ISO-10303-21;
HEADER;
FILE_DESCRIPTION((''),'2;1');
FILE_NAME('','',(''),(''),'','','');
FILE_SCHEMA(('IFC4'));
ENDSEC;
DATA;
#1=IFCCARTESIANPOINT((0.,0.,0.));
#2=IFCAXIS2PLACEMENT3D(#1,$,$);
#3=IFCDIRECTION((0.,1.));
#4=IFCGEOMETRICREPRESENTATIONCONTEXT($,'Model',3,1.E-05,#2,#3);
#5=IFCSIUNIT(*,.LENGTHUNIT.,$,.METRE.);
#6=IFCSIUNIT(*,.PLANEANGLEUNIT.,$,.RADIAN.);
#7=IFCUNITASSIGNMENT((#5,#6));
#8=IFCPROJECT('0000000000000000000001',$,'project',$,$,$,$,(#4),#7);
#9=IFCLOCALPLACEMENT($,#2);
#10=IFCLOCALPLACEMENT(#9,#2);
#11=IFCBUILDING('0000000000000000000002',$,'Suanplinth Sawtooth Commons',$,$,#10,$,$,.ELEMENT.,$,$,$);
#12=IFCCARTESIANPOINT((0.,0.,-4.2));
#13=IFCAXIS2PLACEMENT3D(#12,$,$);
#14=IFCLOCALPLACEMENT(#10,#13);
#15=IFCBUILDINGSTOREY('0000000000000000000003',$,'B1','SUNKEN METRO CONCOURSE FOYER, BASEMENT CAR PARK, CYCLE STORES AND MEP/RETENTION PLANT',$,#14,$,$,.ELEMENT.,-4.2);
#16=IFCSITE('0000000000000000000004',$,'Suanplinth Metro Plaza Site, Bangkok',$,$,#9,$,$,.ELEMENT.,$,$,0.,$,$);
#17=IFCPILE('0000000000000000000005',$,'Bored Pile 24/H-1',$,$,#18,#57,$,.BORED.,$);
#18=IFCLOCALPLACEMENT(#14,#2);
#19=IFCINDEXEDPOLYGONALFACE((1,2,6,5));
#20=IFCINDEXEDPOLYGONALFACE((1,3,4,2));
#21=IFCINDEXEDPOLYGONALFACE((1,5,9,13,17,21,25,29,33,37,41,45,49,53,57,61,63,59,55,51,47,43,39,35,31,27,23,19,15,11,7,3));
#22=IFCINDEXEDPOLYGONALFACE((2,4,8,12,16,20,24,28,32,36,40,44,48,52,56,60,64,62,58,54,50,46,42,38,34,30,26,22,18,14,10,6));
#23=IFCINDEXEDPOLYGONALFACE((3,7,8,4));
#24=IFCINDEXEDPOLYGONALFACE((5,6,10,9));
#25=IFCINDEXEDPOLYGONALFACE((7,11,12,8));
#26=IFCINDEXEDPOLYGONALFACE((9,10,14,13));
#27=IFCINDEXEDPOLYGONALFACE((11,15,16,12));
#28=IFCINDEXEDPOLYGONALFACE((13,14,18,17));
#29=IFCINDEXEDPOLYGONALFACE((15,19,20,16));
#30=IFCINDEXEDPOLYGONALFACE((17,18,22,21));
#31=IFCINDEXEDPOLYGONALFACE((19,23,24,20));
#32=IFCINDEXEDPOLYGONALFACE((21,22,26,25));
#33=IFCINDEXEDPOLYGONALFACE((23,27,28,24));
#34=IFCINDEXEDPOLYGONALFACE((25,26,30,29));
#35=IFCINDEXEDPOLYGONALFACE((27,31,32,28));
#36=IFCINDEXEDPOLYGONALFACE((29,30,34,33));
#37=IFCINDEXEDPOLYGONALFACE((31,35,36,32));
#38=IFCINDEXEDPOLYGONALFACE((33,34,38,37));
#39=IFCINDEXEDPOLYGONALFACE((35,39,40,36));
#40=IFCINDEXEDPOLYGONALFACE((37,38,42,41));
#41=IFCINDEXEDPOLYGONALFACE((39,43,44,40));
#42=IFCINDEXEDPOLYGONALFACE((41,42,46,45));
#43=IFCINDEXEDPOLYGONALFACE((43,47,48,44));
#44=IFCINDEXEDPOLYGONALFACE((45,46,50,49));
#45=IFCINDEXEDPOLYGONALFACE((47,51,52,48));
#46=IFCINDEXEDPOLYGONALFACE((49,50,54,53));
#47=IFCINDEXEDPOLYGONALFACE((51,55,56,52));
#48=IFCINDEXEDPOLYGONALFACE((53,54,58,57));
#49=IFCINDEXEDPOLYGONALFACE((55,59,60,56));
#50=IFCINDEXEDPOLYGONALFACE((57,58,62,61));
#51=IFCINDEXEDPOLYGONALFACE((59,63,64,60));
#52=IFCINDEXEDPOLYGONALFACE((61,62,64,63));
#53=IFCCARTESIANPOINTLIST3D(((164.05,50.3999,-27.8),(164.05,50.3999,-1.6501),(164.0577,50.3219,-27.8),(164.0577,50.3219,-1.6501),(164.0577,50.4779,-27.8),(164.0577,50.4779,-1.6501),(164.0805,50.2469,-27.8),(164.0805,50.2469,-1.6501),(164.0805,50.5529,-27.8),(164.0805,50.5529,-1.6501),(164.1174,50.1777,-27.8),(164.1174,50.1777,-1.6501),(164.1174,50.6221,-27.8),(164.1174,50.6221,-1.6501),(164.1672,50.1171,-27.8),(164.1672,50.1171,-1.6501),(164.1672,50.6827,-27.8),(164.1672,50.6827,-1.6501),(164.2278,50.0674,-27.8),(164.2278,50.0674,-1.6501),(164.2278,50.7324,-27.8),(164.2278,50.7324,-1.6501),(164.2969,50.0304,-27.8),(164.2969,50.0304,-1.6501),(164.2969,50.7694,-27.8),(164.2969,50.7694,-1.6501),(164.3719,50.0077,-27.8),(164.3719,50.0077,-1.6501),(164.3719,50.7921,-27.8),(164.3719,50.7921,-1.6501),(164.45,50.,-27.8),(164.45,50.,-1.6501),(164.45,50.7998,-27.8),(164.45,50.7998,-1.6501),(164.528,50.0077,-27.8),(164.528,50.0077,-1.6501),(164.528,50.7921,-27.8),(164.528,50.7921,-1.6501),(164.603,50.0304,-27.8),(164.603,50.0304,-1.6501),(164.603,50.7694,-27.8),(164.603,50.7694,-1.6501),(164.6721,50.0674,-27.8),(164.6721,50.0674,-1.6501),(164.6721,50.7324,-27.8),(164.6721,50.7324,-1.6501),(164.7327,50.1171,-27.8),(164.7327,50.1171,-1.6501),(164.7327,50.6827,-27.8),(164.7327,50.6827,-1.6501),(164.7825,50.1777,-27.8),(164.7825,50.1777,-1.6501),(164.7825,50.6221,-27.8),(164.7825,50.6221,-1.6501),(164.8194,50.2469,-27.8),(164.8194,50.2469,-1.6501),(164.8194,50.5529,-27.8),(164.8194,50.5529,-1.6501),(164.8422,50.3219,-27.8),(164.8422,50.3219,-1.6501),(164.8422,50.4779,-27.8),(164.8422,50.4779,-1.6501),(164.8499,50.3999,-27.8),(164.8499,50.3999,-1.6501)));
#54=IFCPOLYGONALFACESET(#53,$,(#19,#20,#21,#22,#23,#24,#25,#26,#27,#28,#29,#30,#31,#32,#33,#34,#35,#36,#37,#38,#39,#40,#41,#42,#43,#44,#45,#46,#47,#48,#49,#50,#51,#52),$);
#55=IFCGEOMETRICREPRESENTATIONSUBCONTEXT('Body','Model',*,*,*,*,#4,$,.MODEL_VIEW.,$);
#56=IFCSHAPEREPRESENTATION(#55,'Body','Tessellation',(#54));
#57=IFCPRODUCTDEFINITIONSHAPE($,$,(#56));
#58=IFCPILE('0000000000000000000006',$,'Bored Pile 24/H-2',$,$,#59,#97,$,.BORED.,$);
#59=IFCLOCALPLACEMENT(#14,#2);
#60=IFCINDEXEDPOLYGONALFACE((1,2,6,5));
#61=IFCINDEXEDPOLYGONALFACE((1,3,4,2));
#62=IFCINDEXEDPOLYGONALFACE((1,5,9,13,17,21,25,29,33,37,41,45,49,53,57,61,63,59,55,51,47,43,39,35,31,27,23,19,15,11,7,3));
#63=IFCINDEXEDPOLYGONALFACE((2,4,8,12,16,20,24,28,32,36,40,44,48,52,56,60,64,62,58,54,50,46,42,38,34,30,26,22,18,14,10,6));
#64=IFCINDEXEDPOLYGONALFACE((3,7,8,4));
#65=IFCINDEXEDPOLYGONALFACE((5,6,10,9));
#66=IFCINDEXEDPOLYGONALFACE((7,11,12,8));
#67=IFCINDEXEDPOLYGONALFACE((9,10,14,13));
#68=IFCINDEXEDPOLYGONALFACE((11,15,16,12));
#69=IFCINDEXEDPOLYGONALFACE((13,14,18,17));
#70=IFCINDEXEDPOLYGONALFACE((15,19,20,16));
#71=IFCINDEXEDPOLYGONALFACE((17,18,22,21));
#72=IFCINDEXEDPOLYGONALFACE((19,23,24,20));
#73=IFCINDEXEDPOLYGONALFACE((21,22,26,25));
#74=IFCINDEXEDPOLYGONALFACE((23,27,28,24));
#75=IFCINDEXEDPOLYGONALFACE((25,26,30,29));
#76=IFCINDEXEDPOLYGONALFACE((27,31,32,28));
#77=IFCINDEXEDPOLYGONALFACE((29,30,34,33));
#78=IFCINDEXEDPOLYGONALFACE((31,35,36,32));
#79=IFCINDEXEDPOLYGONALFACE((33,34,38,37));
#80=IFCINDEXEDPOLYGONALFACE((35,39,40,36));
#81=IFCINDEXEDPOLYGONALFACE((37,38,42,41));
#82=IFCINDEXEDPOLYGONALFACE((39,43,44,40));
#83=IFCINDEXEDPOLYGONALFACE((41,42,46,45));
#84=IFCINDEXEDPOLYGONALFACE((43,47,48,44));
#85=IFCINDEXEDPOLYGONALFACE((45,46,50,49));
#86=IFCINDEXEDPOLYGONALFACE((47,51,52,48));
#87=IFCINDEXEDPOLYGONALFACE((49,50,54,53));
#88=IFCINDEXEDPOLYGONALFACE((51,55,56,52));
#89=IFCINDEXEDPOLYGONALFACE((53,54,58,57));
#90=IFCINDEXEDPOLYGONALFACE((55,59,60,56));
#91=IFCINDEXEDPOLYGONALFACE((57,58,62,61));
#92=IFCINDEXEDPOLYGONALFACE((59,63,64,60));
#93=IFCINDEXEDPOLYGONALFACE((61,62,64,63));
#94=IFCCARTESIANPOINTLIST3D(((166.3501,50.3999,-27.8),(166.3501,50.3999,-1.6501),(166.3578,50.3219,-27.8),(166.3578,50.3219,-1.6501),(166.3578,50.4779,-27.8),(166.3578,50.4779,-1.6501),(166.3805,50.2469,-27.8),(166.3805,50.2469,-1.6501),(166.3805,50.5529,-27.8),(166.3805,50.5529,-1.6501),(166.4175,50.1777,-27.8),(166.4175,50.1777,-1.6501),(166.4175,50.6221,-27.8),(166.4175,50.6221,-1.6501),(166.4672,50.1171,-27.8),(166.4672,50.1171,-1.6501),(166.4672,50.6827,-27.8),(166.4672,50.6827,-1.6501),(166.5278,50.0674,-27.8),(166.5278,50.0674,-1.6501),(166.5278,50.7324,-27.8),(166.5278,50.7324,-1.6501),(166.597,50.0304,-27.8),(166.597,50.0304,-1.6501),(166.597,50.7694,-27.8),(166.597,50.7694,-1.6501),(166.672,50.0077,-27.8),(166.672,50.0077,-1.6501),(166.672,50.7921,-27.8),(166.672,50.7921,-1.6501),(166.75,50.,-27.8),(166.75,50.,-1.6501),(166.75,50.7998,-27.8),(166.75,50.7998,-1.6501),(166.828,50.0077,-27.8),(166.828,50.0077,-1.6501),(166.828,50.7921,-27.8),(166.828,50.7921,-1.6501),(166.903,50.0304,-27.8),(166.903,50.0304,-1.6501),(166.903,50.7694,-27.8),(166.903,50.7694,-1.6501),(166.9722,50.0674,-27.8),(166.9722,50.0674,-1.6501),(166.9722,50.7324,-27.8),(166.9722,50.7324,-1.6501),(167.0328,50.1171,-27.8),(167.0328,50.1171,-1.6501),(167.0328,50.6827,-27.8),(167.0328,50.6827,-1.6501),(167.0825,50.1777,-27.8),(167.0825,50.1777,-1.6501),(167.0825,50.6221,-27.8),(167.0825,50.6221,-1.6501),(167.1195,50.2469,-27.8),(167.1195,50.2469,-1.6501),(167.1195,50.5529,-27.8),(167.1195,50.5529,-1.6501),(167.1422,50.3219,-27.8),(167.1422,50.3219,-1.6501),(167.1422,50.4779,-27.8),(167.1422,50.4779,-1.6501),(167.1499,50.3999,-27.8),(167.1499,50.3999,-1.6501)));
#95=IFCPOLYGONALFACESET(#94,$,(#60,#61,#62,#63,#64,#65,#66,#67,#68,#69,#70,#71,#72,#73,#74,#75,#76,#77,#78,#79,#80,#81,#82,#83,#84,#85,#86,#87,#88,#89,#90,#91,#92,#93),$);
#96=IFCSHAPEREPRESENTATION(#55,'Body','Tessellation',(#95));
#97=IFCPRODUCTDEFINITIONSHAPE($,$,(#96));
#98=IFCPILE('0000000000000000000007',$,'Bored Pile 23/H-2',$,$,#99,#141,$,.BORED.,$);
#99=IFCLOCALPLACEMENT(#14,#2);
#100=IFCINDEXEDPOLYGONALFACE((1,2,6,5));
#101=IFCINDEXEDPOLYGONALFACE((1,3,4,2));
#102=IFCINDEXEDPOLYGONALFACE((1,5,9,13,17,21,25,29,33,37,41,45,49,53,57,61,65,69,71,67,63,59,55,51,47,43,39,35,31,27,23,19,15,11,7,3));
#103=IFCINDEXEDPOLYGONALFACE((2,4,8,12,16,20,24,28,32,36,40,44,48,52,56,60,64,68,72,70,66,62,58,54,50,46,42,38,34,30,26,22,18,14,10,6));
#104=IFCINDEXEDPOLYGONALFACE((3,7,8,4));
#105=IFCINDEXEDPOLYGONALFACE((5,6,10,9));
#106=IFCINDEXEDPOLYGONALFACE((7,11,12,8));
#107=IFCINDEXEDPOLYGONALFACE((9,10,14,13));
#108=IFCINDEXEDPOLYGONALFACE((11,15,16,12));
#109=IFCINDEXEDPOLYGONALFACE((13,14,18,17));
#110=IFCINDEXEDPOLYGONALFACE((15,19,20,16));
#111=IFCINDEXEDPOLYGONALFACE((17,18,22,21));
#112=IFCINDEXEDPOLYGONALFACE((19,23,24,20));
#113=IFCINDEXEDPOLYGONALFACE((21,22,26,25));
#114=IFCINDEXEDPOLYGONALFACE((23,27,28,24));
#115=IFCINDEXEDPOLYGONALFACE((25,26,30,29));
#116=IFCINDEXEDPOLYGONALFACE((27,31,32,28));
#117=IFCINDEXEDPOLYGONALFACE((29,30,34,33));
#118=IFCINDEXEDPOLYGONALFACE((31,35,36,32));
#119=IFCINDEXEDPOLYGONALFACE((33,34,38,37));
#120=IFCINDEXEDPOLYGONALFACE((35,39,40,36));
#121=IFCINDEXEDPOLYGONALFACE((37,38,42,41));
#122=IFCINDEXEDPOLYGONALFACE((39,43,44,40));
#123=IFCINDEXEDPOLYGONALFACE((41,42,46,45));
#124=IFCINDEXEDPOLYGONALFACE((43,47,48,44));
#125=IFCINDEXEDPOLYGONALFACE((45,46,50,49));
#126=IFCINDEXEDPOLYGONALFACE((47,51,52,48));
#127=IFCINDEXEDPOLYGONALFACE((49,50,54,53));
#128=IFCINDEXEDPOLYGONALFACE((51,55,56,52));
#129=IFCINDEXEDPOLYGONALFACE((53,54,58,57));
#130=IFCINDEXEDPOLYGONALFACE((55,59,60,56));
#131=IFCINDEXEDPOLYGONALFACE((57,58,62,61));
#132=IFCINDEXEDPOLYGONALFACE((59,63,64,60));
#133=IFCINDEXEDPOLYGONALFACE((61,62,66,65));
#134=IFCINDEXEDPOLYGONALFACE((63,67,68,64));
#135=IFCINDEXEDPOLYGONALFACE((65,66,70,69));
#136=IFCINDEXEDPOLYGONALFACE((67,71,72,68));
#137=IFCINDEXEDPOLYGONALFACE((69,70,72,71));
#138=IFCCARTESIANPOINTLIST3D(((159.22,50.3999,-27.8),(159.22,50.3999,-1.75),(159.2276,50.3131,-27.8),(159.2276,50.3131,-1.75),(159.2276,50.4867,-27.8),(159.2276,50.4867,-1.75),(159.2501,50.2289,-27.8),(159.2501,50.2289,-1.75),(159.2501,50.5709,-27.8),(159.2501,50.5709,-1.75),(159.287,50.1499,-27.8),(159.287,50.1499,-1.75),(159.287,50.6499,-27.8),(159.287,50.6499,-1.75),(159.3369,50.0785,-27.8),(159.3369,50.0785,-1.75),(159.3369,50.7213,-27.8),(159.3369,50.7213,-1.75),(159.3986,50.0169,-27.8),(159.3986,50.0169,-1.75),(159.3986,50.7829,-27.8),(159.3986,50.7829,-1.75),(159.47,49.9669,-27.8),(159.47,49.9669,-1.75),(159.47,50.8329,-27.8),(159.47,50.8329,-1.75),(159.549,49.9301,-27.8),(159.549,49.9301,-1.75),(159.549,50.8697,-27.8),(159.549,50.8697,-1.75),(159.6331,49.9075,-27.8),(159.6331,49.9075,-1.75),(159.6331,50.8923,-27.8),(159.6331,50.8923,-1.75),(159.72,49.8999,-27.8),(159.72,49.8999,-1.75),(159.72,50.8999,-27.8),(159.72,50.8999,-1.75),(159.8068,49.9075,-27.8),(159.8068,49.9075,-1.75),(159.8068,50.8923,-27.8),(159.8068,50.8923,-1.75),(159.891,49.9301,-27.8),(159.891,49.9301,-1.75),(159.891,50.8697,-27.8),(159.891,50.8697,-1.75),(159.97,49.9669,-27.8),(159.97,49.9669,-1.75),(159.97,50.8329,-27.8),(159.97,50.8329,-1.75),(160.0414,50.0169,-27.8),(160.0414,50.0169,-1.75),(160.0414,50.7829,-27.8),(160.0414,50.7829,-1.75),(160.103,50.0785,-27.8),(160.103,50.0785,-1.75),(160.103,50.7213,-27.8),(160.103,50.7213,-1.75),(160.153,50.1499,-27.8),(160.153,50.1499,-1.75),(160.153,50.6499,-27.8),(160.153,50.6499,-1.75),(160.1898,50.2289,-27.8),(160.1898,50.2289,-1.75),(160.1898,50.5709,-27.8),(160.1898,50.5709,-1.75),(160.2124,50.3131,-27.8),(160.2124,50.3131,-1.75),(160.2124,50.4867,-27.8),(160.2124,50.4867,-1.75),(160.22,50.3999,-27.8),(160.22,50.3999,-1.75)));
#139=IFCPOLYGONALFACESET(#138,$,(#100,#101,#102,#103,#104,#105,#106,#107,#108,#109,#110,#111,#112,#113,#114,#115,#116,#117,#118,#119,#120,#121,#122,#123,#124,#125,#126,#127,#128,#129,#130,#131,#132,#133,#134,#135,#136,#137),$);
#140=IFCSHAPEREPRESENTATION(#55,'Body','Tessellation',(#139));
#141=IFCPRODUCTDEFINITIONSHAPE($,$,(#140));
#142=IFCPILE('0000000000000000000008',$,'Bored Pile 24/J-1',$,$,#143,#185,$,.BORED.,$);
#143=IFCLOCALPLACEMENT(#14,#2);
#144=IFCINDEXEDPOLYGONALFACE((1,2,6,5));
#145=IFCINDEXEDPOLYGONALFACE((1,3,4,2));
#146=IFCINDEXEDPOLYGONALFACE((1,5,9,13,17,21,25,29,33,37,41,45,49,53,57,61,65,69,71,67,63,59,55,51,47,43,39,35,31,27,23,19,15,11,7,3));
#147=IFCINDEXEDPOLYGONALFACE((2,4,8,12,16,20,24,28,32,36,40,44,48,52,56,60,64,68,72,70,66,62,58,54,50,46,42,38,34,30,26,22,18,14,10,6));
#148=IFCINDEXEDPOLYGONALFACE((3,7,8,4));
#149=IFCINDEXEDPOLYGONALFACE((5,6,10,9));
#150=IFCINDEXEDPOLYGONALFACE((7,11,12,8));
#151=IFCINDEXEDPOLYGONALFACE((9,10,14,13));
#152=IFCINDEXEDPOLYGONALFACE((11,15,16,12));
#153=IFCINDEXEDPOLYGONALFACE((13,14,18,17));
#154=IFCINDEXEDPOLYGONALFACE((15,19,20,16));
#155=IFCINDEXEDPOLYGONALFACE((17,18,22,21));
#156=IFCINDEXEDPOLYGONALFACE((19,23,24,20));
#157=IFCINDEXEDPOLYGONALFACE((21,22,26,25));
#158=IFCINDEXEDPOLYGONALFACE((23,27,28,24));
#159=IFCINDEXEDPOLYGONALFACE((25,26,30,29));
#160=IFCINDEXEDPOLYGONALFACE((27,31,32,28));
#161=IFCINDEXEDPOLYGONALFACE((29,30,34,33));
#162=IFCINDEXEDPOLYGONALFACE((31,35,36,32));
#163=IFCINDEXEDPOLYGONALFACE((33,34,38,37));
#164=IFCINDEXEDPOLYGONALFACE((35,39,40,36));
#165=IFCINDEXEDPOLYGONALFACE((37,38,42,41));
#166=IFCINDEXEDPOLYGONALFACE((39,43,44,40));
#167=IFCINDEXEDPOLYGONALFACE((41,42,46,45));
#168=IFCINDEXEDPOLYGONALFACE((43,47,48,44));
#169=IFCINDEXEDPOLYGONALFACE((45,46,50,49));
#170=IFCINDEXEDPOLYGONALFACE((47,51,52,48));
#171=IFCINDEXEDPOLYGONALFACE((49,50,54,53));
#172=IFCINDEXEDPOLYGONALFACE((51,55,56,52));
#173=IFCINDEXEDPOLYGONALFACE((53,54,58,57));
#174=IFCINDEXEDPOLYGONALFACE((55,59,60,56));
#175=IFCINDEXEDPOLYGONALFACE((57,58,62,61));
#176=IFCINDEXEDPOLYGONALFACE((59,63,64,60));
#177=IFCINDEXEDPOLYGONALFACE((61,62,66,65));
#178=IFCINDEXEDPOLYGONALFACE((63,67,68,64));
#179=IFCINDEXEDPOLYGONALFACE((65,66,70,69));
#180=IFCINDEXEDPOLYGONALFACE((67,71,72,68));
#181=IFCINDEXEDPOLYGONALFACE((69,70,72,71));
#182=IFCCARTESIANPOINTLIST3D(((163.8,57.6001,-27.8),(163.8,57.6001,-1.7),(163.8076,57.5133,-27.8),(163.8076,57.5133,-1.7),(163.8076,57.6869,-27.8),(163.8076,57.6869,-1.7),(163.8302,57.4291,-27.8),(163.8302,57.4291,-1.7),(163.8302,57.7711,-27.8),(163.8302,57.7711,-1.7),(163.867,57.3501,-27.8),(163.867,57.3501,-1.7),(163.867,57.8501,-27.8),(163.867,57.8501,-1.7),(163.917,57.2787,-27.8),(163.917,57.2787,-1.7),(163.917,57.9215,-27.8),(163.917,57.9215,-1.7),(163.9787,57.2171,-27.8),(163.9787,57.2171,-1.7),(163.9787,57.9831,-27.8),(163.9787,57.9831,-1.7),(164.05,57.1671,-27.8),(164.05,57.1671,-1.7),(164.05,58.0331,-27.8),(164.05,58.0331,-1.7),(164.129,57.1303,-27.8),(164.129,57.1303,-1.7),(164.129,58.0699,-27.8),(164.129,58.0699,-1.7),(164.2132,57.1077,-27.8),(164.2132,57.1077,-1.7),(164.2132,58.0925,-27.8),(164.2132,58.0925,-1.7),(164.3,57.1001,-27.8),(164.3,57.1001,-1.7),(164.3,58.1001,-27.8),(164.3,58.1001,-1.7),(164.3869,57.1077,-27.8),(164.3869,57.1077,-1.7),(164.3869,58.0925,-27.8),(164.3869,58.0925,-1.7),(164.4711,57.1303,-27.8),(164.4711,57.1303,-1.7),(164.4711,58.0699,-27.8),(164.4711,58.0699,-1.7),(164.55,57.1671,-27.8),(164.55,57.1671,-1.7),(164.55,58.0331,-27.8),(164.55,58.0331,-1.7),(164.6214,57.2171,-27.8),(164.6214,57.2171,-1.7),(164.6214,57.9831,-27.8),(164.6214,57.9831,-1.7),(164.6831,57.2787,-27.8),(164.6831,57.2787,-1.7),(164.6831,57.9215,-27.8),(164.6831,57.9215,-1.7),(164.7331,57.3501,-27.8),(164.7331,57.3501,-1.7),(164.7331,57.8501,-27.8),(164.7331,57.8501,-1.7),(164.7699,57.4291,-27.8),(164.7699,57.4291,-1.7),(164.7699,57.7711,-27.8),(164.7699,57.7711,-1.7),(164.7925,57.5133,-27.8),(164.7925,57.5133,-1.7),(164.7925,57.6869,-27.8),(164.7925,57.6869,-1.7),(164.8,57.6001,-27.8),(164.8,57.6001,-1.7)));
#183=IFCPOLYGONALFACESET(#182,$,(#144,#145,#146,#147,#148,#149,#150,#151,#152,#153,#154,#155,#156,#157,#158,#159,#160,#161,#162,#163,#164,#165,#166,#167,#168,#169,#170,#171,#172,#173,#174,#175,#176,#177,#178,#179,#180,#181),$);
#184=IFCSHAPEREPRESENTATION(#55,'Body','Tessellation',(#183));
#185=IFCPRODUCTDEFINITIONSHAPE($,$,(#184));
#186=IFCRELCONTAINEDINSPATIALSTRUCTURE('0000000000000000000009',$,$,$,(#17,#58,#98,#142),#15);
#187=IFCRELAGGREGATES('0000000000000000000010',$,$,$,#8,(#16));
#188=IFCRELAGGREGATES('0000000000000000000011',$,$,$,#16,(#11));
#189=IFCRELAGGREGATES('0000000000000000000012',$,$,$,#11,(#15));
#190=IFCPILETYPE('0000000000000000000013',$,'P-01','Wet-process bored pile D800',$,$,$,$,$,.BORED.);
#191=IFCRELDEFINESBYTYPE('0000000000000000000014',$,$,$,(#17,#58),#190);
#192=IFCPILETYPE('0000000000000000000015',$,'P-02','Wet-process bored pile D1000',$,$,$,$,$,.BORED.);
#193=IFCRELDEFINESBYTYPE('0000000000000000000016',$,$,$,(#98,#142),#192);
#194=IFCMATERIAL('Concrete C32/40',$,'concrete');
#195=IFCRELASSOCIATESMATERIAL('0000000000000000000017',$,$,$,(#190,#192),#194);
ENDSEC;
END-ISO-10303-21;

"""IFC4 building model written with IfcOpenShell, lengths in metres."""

from ifc_helpers import new_model, si_unit, direction, frame, origin, origin_2d, place, context, subcontext, project, spatial, circle, extrude, material, material_profile, profile_set, type_object, element, save


model = new_model("IFC4")

# Units and contexts
model_context = context("Model", 3, precision=1e-05, world=origin(), true_north=direction((0.0, 1.0)))
body_context = subcontext(model_context, "Body", "Model", "MODEL_VIEW")
ifc_project = project(units=[si_unit("LENGTHUNIT", "METRE"), si_unit("PLANEANGLEUNIT", "RADIAN")], contexts=[model_context])

# Site, building, storey
site_placement = place(None, origin())
site = spatial("IfcSite", under=ifc_project, at=site_placement, Name="Suanplinth Metro Plaza Site, Bangkok", CompositionType="ELEMENT", RefElevation=0.0)
building_placement = place(site_placement, origin())
building = spatial("IfcBuilding", under=site, at=building_placement, Name="Suanplinth Sawtooth Commons", CompositionType="ELEMENT")
storey_placement = place(building_placement, frame((0.0, 0.0, -4.2)))
storey = spatial("IfcBuildingStorey", under=building, at=storey_placement, Name="B1", Description="SUNKEN METRO CONCOURSE FOYER, BASEMENT CAR PARK, CYCLE STORES AND MEP/RETENTION PLANT", CompositionType="ELEMENT", Elevation=-4.2)

# Piles
ifc_material_1 = material(Name="Concrete C32/40", Category="concrete")
ifc_material_profile_1 = material_profile(ifc_material_1, circle(Radius=0.3999, at=origin_2d()), Name="PILE D800")
ifc_profile_set_1 = profile_set([ifc_material_profile_1], Name="Concrete C32/40")
pile_type_1 = type_object("IfcPileType", Name="P-01", Description="Wet-process bored pile D800", PredefinedType="BORED", material=ifc_profile_set_1)
for number, where, z_axis, x_axis, name in (
    (1, (164.45, 50.3999, -1.6501), (0.0, 0.0, -1.0), (1.0, 0.0, 0.0), "Bored Pile 24/H-1"),
    (2, (166.75, 50.3999, -1.6501), (0.0, 0.0, -1.0), (1.0, 0.0, 0.0), "Bored Pile 24/H-2"),
):
    element("IfcPile", number, at=place(storey_placement, frame(where, z_axis=z_axis, x_axis=x_axis)), inside=storey, type_object=pile_type_1, Name=name, PredefinedType="BORED", context=body_context, shape_type="SweptSolid", body=[
        extrude(circle(Radius=0.3999, at=origin_2d()), origin(), (0.0, 0.0, 1.0), 26.1499),
    ])
ifc_material_profile_2 = material_profile(ifc_material_1, circle(Radius=0.5, at=origin_2d()), Name="PILE D1000")
ifc_profile_set_2 = profile_set([ifc_material_profile_2], Name="Concrete C32/40")
pile_type_2 = type_object("IfcPileType", Name="P-02", Description="Wet-process bored pile D1000", PredefinedType="BORED", material=ifc_profile_set_2)
pile_1_placement = place(storey_placement, frame((159.72, 50.3999, -1.75), z_axis=(0.0, 0.0, -1.0), x_axis=(1.0, 0.0, 0.0)))
element("IfcPile", 3, at=pile_1_placement, inside=storey, type_object=pile_type_2, Name="Bored Pile 23/H-2", PredefinedType="BORED", context=body_context, shape_type="SweptSolid", body=[
    extrude(circle(Radius=0.5, at=origin_2d()), origin(), (0.0, 0.0, 1.0), 26.05),
])
for number, where, z_axis, x_axis, name in (
    (4, (164.3, 57.6001, -1.7), (0.0, 0.0, -1.0), (1.0, 0.0, 0.0), "Bored Pile 24/J-1"),
):
    element("IfcPile", number, at=place(storey_placement, frame(where, z_axis=z_axis, x_axis=x_axis)), inside=storey, type_object=pile_type_2, Name=name, PredefinedType="BORED", context=body_context, shape_type="SweptSolid", body=[
        extrude(circle(Radius=0.5, at=origin_2d()), origin(), (0.0, 0.0, 1.0), 26.1001),
    ])

save(model, "model.ifc")
